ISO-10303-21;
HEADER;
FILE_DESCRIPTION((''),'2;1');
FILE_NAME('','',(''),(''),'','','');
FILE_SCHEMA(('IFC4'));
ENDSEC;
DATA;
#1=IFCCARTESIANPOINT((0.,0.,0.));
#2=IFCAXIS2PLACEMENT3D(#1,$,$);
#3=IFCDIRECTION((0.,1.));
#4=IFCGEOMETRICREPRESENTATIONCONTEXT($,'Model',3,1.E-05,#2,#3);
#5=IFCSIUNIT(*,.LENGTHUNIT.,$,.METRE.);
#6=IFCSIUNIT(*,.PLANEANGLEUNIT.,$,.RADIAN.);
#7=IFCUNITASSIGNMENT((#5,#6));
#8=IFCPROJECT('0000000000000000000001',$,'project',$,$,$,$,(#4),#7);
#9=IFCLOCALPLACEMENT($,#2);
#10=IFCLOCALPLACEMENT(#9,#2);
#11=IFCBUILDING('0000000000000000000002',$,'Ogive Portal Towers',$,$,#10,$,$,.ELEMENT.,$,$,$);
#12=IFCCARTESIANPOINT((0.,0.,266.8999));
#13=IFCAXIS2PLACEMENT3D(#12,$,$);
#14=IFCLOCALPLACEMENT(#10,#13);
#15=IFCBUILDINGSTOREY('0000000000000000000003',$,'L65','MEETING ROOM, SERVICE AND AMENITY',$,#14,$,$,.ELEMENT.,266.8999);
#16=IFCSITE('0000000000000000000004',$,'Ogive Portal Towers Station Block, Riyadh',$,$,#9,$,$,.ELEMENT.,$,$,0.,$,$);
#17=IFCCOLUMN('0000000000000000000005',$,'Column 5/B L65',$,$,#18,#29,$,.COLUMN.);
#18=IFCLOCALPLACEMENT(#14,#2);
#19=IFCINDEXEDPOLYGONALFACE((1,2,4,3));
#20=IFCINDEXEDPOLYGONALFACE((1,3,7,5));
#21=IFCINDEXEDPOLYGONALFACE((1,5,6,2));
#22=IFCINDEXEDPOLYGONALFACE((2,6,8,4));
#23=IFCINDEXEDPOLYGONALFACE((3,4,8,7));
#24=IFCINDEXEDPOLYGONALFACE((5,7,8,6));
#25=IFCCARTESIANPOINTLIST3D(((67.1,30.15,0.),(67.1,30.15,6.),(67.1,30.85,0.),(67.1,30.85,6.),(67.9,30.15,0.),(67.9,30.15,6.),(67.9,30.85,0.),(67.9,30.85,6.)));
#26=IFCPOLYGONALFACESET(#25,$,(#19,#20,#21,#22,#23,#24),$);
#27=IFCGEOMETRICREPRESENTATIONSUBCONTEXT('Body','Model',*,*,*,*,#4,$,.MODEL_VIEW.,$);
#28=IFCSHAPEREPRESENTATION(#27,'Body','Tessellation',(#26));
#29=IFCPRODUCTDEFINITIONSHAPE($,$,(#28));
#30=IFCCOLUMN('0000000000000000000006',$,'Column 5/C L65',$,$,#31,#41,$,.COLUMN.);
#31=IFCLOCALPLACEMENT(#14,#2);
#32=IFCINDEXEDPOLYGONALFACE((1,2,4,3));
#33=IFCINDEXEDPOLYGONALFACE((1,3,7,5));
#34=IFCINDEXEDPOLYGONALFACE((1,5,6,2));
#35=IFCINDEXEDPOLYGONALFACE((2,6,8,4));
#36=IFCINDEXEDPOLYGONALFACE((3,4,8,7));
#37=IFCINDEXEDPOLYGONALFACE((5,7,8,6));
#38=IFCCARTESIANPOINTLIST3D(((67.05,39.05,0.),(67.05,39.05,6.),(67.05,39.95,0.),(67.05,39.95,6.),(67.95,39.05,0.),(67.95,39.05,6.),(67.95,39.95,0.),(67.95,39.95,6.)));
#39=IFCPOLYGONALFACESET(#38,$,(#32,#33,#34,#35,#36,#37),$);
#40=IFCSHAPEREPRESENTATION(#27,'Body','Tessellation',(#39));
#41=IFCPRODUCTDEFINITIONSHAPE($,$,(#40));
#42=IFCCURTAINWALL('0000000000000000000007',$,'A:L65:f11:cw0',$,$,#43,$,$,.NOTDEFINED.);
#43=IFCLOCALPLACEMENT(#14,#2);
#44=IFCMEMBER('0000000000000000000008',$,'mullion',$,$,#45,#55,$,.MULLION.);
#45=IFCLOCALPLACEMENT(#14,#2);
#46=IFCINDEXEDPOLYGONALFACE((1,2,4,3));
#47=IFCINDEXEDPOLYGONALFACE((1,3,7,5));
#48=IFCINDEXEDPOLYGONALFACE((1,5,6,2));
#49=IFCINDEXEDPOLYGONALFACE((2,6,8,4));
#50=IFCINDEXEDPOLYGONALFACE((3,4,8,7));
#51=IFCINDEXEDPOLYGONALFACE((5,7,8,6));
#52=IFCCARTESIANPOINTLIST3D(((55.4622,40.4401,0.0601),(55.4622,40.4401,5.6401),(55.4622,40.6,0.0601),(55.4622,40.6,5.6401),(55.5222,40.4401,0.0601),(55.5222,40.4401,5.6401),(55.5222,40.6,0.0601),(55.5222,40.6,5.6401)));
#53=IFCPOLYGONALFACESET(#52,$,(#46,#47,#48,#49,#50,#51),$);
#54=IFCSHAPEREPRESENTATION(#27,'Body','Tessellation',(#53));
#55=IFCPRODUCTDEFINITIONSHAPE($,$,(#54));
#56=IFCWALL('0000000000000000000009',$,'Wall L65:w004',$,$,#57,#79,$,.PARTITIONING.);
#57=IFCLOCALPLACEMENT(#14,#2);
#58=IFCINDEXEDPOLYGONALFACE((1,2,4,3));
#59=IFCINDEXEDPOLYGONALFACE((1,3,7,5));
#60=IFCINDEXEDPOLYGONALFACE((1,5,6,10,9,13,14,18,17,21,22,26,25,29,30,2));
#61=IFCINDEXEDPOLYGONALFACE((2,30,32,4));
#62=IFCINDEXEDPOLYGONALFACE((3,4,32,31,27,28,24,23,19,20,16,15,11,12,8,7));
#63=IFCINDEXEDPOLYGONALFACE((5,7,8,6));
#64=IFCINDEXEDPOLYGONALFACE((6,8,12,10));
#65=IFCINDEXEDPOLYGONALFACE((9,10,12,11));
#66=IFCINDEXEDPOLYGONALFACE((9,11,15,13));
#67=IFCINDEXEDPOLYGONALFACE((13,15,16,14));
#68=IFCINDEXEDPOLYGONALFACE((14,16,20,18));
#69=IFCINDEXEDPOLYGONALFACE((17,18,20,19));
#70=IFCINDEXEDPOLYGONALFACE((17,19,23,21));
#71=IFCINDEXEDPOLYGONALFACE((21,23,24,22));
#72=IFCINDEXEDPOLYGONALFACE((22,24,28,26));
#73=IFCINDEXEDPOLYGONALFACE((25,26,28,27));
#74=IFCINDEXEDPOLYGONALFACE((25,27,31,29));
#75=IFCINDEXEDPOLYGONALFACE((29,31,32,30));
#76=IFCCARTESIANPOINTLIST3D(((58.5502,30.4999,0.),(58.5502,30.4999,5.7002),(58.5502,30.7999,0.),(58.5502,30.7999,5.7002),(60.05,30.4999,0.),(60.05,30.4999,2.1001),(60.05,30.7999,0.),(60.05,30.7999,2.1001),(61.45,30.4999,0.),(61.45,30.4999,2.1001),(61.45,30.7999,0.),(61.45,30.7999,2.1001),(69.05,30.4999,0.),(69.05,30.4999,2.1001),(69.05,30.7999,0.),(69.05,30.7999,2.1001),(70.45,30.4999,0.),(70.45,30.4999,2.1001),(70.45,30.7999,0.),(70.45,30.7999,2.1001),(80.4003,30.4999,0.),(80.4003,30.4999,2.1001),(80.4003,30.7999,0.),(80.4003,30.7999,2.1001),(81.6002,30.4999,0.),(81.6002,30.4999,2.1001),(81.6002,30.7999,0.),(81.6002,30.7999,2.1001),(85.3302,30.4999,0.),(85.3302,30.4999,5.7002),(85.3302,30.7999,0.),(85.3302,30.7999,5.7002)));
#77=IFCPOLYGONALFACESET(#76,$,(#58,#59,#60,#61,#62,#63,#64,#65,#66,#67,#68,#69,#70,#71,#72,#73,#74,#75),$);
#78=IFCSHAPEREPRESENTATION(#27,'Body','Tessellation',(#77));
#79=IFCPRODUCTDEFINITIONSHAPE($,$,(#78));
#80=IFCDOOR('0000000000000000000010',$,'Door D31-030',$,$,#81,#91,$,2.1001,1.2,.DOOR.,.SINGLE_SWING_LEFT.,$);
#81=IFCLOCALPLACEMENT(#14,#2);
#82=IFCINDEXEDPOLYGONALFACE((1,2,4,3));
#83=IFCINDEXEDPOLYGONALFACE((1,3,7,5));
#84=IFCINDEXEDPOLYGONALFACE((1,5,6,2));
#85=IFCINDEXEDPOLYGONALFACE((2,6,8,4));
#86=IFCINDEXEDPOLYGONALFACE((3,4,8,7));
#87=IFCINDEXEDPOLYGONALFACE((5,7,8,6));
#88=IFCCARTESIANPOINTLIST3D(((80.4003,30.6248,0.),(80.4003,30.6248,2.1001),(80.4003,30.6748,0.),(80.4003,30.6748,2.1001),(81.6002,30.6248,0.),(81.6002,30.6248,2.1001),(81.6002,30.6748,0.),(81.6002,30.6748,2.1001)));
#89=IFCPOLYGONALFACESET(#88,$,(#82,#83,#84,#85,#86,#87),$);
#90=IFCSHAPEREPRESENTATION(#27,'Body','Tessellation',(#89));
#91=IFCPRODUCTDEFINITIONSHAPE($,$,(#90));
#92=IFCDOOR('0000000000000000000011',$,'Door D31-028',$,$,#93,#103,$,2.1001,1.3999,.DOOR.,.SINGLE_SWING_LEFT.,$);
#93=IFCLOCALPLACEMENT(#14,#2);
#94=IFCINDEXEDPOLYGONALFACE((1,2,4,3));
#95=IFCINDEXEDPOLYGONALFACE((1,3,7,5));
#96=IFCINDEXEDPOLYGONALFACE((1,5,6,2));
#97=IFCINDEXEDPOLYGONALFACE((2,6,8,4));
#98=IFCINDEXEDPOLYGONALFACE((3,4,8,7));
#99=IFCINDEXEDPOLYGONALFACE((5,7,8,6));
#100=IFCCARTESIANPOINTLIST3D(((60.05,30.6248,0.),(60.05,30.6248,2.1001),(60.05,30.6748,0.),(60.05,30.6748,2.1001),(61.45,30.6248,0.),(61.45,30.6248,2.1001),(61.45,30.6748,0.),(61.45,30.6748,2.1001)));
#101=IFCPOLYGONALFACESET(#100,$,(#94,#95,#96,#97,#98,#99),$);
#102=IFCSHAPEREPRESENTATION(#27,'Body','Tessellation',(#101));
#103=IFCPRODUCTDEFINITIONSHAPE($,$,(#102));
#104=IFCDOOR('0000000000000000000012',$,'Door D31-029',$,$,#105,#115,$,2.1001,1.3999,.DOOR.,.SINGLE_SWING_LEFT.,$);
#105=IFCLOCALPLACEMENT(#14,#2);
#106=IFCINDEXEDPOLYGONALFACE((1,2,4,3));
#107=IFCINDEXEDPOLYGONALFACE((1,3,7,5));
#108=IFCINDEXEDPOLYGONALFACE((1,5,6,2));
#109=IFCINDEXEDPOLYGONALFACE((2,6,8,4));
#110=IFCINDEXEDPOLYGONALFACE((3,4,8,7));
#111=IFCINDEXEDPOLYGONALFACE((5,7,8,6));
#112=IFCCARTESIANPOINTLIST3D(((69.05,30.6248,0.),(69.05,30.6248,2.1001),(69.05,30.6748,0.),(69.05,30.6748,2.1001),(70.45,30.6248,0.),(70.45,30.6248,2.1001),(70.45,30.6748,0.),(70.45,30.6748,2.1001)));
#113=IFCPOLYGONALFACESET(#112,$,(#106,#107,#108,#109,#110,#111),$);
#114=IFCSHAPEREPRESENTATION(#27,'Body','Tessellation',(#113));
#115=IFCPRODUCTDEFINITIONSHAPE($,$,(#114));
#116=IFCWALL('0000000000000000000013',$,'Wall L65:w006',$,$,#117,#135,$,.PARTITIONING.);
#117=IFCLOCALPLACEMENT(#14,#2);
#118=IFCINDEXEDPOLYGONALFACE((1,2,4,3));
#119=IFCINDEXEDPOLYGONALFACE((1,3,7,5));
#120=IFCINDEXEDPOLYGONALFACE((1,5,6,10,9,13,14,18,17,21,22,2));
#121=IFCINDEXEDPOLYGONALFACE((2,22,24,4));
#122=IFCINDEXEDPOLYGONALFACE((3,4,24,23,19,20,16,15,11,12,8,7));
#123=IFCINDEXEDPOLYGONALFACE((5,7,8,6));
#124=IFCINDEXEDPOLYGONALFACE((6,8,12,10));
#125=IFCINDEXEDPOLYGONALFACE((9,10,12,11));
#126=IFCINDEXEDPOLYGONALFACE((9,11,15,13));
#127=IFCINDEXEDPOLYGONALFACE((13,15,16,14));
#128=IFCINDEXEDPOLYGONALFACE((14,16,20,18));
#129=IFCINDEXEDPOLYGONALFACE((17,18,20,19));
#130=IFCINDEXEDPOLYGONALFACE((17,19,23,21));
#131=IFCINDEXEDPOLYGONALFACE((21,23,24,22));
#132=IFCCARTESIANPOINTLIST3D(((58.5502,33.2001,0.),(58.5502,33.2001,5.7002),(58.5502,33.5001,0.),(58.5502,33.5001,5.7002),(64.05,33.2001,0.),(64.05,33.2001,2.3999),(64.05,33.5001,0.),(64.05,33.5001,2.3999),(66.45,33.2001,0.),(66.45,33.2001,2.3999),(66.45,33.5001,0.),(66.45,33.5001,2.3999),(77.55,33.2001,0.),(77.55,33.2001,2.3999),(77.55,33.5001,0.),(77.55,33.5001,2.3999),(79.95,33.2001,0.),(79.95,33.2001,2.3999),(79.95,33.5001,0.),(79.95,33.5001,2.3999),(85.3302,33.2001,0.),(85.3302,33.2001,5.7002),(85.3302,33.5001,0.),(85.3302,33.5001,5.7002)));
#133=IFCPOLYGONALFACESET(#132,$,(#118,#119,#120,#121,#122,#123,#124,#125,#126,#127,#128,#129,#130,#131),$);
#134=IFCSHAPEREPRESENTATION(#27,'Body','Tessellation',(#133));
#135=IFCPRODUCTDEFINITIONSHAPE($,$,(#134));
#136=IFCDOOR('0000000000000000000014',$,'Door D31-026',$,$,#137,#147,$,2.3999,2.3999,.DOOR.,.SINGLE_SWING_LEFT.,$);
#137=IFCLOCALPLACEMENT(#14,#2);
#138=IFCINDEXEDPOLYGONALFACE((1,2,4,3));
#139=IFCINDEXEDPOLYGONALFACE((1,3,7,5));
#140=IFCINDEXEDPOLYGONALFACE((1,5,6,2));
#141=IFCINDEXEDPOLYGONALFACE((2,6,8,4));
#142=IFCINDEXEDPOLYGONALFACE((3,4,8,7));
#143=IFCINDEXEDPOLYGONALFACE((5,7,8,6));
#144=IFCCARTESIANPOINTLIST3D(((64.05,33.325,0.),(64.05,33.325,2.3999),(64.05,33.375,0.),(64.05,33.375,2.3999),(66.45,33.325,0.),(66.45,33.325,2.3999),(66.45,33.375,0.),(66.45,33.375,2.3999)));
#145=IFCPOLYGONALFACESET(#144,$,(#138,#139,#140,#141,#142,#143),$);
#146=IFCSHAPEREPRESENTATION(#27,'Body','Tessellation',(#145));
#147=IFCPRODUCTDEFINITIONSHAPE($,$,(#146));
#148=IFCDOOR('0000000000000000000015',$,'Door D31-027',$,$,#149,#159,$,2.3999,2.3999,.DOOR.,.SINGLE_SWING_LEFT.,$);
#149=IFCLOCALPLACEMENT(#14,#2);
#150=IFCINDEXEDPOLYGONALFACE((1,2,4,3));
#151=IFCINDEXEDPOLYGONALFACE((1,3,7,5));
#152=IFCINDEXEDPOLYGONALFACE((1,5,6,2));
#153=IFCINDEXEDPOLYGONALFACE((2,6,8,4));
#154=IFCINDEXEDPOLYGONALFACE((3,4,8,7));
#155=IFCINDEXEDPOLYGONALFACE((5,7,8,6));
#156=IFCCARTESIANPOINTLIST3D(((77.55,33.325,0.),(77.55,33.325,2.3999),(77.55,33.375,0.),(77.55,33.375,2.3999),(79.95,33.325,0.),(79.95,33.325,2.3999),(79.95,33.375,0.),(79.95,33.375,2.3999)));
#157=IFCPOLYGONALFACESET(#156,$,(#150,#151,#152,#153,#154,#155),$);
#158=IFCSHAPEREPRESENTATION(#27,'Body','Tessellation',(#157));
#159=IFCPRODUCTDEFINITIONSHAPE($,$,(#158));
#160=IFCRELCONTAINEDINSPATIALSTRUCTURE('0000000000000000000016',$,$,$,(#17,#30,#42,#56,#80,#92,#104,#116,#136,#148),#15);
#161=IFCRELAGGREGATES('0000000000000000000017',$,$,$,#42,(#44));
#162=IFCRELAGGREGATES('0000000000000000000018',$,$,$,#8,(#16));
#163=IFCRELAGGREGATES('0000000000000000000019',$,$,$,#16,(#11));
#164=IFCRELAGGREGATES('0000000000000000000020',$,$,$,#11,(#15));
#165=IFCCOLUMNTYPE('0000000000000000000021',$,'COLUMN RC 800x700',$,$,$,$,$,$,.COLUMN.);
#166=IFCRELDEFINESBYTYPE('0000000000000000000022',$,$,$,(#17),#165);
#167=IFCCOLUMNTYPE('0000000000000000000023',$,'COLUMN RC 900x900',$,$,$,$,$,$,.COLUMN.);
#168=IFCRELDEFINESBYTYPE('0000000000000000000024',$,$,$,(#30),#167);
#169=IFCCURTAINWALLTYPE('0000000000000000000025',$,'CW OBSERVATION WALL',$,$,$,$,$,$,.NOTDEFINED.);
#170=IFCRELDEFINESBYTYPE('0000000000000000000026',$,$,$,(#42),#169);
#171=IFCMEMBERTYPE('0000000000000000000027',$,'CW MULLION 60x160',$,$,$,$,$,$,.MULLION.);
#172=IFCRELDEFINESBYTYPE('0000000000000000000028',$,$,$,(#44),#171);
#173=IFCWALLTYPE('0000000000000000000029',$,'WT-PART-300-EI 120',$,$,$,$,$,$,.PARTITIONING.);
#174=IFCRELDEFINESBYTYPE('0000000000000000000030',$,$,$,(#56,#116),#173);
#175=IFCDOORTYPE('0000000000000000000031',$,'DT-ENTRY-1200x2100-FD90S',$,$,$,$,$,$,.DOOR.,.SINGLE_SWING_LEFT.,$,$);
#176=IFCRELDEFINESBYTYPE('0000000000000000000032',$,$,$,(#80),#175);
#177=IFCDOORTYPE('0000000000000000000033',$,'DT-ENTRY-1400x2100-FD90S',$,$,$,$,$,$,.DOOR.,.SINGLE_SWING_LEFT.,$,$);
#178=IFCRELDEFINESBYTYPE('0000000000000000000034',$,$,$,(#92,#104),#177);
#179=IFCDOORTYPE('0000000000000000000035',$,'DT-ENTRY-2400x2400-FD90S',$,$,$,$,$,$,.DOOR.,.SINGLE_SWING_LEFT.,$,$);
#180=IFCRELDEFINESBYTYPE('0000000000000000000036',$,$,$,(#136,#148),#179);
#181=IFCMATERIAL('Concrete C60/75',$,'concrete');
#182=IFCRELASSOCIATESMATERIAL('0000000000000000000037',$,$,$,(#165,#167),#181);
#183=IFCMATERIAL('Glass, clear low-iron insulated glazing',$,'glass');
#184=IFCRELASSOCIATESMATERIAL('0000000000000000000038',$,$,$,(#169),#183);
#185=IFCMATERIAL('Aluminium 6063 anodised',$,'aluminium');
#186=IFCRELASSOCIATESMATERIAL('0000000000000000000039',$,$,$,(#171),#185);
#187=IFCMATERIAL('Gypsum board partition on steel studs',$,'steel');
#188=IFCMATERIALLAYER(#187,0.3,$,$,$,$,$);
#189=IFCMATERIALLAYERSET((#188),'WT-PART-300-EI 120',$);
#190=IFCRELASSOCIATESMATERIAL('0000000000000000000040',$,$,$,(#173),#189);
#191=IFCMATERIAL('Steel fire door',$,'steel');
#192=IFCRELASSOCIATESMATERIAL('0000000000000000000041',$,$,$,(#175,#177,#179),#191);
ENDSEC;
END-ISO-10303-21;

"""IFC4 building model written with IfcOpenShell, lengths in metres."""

from ifc_helpers import new_model, si_unit, direction, frame, frame_2d, origin, origin_2d, place, context, subcontext, project, spatial, rectangle, extrude, material, layer, layer_set, material_profile, profile_set, type_object, element, fill, aggregate, save


model = new_model("IFC4")

# Units and contexts
model_context = context("Model", 3, precision=1e-05, world=origin(), true_north=direction((0.0, 1.0)))
body_context = subcontext(model_context, "Body", "Model", "MODEL_VIEW")
ifc_project = project(units=[si_unit("LENGTHUNIT", "METRE"), si_unit("PLANEANGLEUNIT", "RADIAN")], contexts=[model_context])

# Site, building, storey
site_placement = place(None, origin())
site = spatial("IfcSite", under=ifc_project, at=site_placement, Name="Ogive Portal Towers Station Block, Riyadh", CompositionType="ELEMENT", RefElevation=0.0)
building_placement = place(site_placement, origin())
building = spatial("IfcBuilding", under=site, at=building_placement, Name="Ogive Portal Towers", CompositionType="ELEMENT")
storey_placement = place(building_placement, frame((0.0, 0.0, 266.8999)))
storey = spatial("IfcBuildingStorey", under=building, at=storey_placement, Name="L65", Description="MEETING ROOM, SERVICE AND AMENITY", CompositionType="ELEMENT", Elevation=266.8999)

# Columns
ifc_material_1 = material(Name="Concrete C60/75", Category="concrete")
ifc_material_profile_1 = material_profile(ifc_material_1, rectangle(XDim=0.8, YDim=0.7, at=origin_2d()), Name="RC 800x700")
ifc_profile_set_1 = profile_set([ifc_material_profile_1], Name="Concrete C60/75")
column_type_1 = type_object("IfcColumnType", Name="COLUMN RC 800x700", PredefinedType="COLUMN", material=ifc_profile_set_1)
column_1_placement = place(storey_placement, frame((67.5, 30.5, 0.0), z_axis=(0.0, 0.0, 1.0), x_axis=(1.0, 0.0, 0.0)))
element("IfcColumn", 1, at=column_1_placement, inside=storey, type_object=column_type_1, Name="Column 5/B L65", PredefinedType="COLUMN", context=body_context, shape_type="SweptSolid", body=[
    extrude(rectangle(XDim=0.8, YDim=0.7, at=origin_2d()), origin(), (0.0, 0.0, 1.0), 6.0),
])
ifc_material_profile_2 = material_profile(ifc_material_1, rectangle(XDim=0.8999, YDim=0.8999, at=origin_2d()), Name="RC 900x900")
ifc_profile_set_2 = profile_set([ifc_material_profile_2], Name="Concrete C60/75")
column_type_2 = type_object("IfcColumnType", Name="COLUMN RC 900x900", PredefinedType="COLUMN", material=ifc_profile_set_2)
column_2_placement = place(storey_placement, frame((67.5, 39.5, 0.0), z_axis=(0.0, 0.0, 1.0), x_axis=(1.0, 0.0, 0.0)))
element("IfcColumn", 2, at=column_2_placement, inside=storey, type_object=column_type_2, Name="Column 5/C L65", PredefinedType="COLUMN", context=body_context, shape_type="SweptSolid", body=[
    extrude(rectangle(XDim=0.8999, YDim=0.8999, at=origin_2d()), origin(), (0.0, 0.0, 1.0), 6.0),
])

# Curtain wall, member
ifc_material_2 = material(Name="Glass, clear low-iron insulated glazing", Category="glass")
curtain_wall_type = type_object("IfcCurtainWallType", Name="CW OBSERVATION WALL", PredefinedType="NOTDEFINED", material=ifc_material_2)
curtain_wall_placement = place(storey_placement, origin())
curtain_wall = element("IfcCurtainWall", 3, at=curtain_wall_placement, inside=storey, type_object=curtain_wall_type, Name="A:L65:f11:cw0", PredefinedType="NOTDEFINED")
ifc_material_3 = material(Name="Aluminium 6063 anodised", Category="aluminium")
ifc_material_profile_3 = material_profile(ifc_material_3, rectangle(XDim=0.1599, YDim=0.0601, at=origin_2d()), Name="AL 60x160")
ifc_profile_set_3 = profile_set([ifc_material_profile_3], Name="Aluminium 6063 anodised")
member_type = type_object("IfcMemberType", Name="CW MULLION 60x160", PredefinedType="MULLION", material=ifc_profile_set_3)
member_placement = place(storey_placement, frame((55.4922, 40.52, 0.0601), z_axis=(0.0, 0.0, 1.0), x_axis=(0.0, -1.0, 0.0)))
member = element("IfcMember", 4, at=member_placement, type_object=member_type, Name="mullion", PredefinedType="MULLION", context=body_context, shape_type="SweptSolid", body=[
    extrude(rectangle(XDim=0.1599, YDim=0.0601, at=origin_2d()), origin(), (0.0, 0.0, 1.0), 5.5801),
])
aggregate(curtain_wall, [member])

# Walls, openings, doors
ifc_material_4 = material(Name="Gypsum board partition on steel studs", Category="steel")
ifc_layer_1 = layer(ifc_material_4, 0.3)
ifc_layer_set_1 = layer_set([ifc_layer_1], Name="WT-PART-300-EI 120")
wall_type_1 = type_object("IfcWallType", Name="WT-PART-300-EI 120", PredefinedType="PARTITIONING", material=ifc_layer_set_1)
wall_1_placement = place(storey_placement, frame((58.55, 30.6499, 0.0), z_axis=(0.0, 0.0, 1.0), x_axis=(1.0, 0.0, 0.0)))
wall_1 = element("IfcWall", 5, at=wall_1_placement, inside=storey, type_object=wall_type_1, Name="Wall L65:w004", PredefinedType="PARTITIONING", context=body_context, shape_type="SweptSolid", body=[
    extrude(rectangle(XDim=26.78, YDim=0.3, at=frame_2d((13.3901, 0.0))), origin(), (0.0, 0.0, 1.0), 5.7002),
])
opening_1_placement = place(wall_1_placement, frame((1.5, 0.0, 0.0)))
opening_1 = element("IfcOpeningElement", 6, at=opening_1_placement, cuts=wall_1, PredefinedType="OPENING", context=body_context, shape_type="SweptSolid", body=[
    extrude(rectangle(XDim=1.3999, YDim=2.1001, at=frame_2d((0.7, 1.05))), frame((0.0, 0.1602, 0.0), z_axis=(0.0, -1.0, 0.0), x_axis=(1.0, 0.0, 0.0)), (0.0, 0.0, 1.0), 0.3201),
])
opening_2_placement = place(wall_1_placement, frame((10.5, 0.0, 0.0)))
opening_2 = element("IfcOpeningElement", 7, at=opening_2_placement, cuts=wall_1, PredefinedType="OPENING", context=body_context, shape_type="SweptSolid", body=[
    extrude(rectangle(XDim=1.3999, YDim=2.1001, at=frame_2d((0.7, 1.05))), frame((0.0, 0.1602, 0.0), z_axis=(0.0, -1.0, 0.0), x_axis=(1.0, 0.0, 0.0)), (0.0, 0.0, 1.0), 0.3201),
])
opening_3_placement = place(wall_1_placement, frame((21.8501, 0.0, 0.0)))
opening_3 = element("IfcOpeningElement", 8, at=opening_3_placement, cuts=wall_1, PredefinedType="OPENING", context=body_context, shape_type="SweptSolid", body=[
    extrude(rectangle(XDim=1.2, YDim=2.1001, at=frame_2d((0.6001, 1.05))), frame((0.0, 0.1602, 0.0), z_axis=(0.0, -1.0, 0.0), x_axis=(1.0, 0.0, 0.0)), (0.0, 0.0, 1.0), 0.3201),
])
ifc_material_5 = material(Name="Steel fire door", Category="steel")
door_type_1 = type_object("IfcDoorType", Name="DT-ENTRY-1200x2100-FD90S", OperationType="SINGLE_SWING_LEFT", PredefinedType="DOOR", material=ifc_material_5)
door_1_placement = place(opening_3_placement, origin())
door_1 = element("IfcDoor", 9, at=door_1_placement, inside=storey, type_object=door_type_1, Name="Door D31-030", OperationType="SINGLE_SWING_LEFT", OverallHeight=2.1001, OverallWidth=1.2, PredefinedType="DOOR", context=body_context, shape_type="SweptSolid", body=[
    extrude(rectangle(XDim=1.2, YDim=2.1001, at=frame_2d((0.6001, 1.05))), frame((0.0, 0.0249, 0.0), z_axis=(0.0, -1.0, 0.0), x_axis=(1.0, 0.0, 0.0)), (0.0, 0.0, 1.0), 0.05),
])
fill(opening_3, door_1)
door_type_2 = type_object("IfcDoorType", Name="DT-ENTRY-1400x2100-FD90S", OperationType="SINGLE_SWING_LEFT", PredefinedType="DOOR", material=ifc_material_5)
door_2_placement = place(opening_1_placement, origin())
door_2 = element("IfcDoor", 10, at=door_2_placement, inside=storey, type_object=door_type_2, Name="Door D31-028", OperationType="SINGLE_SWING_LEFT", OverallHeight=2.1001, OverallWidth=1.3999, PredefinedType="DOOR", context=body_context, shape_type="SweptSolid", body=[
    extrude(rectangle(XDim=1.3999, YDim=2.1001, at=frame_2d((0.7, 1.05))), frame((0.0, 0.0249, 0.0), z_axis=(0.0, -1.0, 0.0), x_axis=(1.0, 0.0, 0.0)), (0.0, 0.0, 1.0), 0.05),
])
fill(opening_1, door_2)
door_3_placement = place(opening_2_placement, origin())
door_3 = element("IfcDoor", 11, at=door_3_placement, inside=storey, type_object=door_type_2, Name="Door D31-029", OperationType="SINGLE_SWING_LEFT", OverallHeight=2.1001, OverallWidth=1.3999, PredefinedType="DOOR", context=body_context, shape_type="SweptSolid", body=[
    extrude(rectangle(XDim=1.3999, YDim=2.1001, at=frame_2d((0.7, 1.05))), frame((0.0, 0.0249, 0.0), z_axis=(0.0, -1.0, 0.0), x_axis=(1.0, 0.0, 0.0)), (0.0, 0.0, 1.0), 0.05),
])
fill(opening_2, door_3)
wall_2_placement = place(storey_placement, frame((58.55, 33.3501, 0.0), z_axis=(0.0, 0.0, 1.0), x_axis=(1.0, 0.0, 0.0)))
wall_2 = element("IfcWall", 12, at=wall_2_placement, inside=storey, type_object=wall_type_1, Name="Wall L65:w006", PredefinedType="PARTITIONING", context=body_context, shape_type="SweptSolid", body=[
    extrude(rectangle(XDim=26.78, YDim=0.3, at=frame_2d((13.3901, 0.0))), origin(), (0.0, 0.0, 1.0), 5.7002),
])
opening_4_placement = place(wall_2_placement, frame((5.5, 0.0, 0.0)))
opening_4 = element("IfcOpeningElement", 13, at=opening_4_placement, cuts=wall_2, PredefinedType="OPENING", context=body_context, shape_type="SweptSolid", body=[
    extrude(rectangle(XDim=2.3999, YDim=2.3999, at=frame_2d((1.2, 1.2))), frame((0.0, 0.1602, 0.0), z_axis=(0.0, -1.0, 0.0), x_axis=(1.0, 0.0, 0.0)), (0.0, 0.0, 1.0), 0.3201),
])
opening_5_placement = place(wall_2_placement, frame((19.0, 0.0, 0.0)))
opening_5 = element("IfcOpeningElement", 14, at=opening_5_placement, cuts=wall_2, PredefinedType="OPENING", context=body_context, shape_type="SweptSolid", body=[
    extrude(rectangle(XDim=2.3999, YDim=2.3999, at=frame_2d((1.2, 1.2))), frame((0.0, 0.1602, 0.0), z_axis=(0.0, -1.0, 0.0), x_axis=(1.0, 0.0, 0.0)), (0.0, 0.0, 1.0), 0.3201),
])
door_type_3 = type_object("IfcDoorType", Name="DT-ENTRY-2400x2400-FD90S", OperationType="SINGLE_SWING_LEFT", PredefinedType="DOOR", material=ifc_material_5)
door_4_placement = place(opening_4_placement, origin())
door_4 = element("IfcDoor", 15, at=door_4_placement, inside=storey, type_object=door_type_3, Name="Door D31-026", OperationType="SINGLE_SWING_LEFT", OverallHeight=2.3999, OverallWidth=2.3999, PredefinedType="DOOR", context=body_context, shape_type="SweptSolid", body=[
    extrude(rectangle(XDim=2.3999, YDim=2.3999, at=frame_2d((1.2, 1.2))), frame((0.0, 0.0249, 0.0), z_axis=(0.0, -1.0, 0.0), x_axis=(1.0, 0.0, 0.0)), (0.0, 0.0, 1.0), 0.05),
])
fill(opening_4, door_4)
door_5_placement = place(opening_5_placement, origin())
door_5 = element("IfcDoor", 16, at=door_5_placement, inside=storey, type_object=door_type_3, Name="Door D31-027", OperationType="SINGLE_SWING_LEFT", OverallHeight=2.3999, OverallWidth=2.3999, PredefinedType="DOOR", context=body_context, shape_type="SweptSolid", body=[
    extrude(rectangle(XDim=2.3999, YDim=2.3999, at=frame_2d((1.2, 1.2))), frame((0.0, 0.0249, 0.0), z_axis=(0.0, -1.0, 0.0), x_axis=(1.0, 0.0, 0.0)), (0.0, 0.0, 1.0), 0.05),
])
fill(opening_5, door_5)

save(model, "model.ifc")
